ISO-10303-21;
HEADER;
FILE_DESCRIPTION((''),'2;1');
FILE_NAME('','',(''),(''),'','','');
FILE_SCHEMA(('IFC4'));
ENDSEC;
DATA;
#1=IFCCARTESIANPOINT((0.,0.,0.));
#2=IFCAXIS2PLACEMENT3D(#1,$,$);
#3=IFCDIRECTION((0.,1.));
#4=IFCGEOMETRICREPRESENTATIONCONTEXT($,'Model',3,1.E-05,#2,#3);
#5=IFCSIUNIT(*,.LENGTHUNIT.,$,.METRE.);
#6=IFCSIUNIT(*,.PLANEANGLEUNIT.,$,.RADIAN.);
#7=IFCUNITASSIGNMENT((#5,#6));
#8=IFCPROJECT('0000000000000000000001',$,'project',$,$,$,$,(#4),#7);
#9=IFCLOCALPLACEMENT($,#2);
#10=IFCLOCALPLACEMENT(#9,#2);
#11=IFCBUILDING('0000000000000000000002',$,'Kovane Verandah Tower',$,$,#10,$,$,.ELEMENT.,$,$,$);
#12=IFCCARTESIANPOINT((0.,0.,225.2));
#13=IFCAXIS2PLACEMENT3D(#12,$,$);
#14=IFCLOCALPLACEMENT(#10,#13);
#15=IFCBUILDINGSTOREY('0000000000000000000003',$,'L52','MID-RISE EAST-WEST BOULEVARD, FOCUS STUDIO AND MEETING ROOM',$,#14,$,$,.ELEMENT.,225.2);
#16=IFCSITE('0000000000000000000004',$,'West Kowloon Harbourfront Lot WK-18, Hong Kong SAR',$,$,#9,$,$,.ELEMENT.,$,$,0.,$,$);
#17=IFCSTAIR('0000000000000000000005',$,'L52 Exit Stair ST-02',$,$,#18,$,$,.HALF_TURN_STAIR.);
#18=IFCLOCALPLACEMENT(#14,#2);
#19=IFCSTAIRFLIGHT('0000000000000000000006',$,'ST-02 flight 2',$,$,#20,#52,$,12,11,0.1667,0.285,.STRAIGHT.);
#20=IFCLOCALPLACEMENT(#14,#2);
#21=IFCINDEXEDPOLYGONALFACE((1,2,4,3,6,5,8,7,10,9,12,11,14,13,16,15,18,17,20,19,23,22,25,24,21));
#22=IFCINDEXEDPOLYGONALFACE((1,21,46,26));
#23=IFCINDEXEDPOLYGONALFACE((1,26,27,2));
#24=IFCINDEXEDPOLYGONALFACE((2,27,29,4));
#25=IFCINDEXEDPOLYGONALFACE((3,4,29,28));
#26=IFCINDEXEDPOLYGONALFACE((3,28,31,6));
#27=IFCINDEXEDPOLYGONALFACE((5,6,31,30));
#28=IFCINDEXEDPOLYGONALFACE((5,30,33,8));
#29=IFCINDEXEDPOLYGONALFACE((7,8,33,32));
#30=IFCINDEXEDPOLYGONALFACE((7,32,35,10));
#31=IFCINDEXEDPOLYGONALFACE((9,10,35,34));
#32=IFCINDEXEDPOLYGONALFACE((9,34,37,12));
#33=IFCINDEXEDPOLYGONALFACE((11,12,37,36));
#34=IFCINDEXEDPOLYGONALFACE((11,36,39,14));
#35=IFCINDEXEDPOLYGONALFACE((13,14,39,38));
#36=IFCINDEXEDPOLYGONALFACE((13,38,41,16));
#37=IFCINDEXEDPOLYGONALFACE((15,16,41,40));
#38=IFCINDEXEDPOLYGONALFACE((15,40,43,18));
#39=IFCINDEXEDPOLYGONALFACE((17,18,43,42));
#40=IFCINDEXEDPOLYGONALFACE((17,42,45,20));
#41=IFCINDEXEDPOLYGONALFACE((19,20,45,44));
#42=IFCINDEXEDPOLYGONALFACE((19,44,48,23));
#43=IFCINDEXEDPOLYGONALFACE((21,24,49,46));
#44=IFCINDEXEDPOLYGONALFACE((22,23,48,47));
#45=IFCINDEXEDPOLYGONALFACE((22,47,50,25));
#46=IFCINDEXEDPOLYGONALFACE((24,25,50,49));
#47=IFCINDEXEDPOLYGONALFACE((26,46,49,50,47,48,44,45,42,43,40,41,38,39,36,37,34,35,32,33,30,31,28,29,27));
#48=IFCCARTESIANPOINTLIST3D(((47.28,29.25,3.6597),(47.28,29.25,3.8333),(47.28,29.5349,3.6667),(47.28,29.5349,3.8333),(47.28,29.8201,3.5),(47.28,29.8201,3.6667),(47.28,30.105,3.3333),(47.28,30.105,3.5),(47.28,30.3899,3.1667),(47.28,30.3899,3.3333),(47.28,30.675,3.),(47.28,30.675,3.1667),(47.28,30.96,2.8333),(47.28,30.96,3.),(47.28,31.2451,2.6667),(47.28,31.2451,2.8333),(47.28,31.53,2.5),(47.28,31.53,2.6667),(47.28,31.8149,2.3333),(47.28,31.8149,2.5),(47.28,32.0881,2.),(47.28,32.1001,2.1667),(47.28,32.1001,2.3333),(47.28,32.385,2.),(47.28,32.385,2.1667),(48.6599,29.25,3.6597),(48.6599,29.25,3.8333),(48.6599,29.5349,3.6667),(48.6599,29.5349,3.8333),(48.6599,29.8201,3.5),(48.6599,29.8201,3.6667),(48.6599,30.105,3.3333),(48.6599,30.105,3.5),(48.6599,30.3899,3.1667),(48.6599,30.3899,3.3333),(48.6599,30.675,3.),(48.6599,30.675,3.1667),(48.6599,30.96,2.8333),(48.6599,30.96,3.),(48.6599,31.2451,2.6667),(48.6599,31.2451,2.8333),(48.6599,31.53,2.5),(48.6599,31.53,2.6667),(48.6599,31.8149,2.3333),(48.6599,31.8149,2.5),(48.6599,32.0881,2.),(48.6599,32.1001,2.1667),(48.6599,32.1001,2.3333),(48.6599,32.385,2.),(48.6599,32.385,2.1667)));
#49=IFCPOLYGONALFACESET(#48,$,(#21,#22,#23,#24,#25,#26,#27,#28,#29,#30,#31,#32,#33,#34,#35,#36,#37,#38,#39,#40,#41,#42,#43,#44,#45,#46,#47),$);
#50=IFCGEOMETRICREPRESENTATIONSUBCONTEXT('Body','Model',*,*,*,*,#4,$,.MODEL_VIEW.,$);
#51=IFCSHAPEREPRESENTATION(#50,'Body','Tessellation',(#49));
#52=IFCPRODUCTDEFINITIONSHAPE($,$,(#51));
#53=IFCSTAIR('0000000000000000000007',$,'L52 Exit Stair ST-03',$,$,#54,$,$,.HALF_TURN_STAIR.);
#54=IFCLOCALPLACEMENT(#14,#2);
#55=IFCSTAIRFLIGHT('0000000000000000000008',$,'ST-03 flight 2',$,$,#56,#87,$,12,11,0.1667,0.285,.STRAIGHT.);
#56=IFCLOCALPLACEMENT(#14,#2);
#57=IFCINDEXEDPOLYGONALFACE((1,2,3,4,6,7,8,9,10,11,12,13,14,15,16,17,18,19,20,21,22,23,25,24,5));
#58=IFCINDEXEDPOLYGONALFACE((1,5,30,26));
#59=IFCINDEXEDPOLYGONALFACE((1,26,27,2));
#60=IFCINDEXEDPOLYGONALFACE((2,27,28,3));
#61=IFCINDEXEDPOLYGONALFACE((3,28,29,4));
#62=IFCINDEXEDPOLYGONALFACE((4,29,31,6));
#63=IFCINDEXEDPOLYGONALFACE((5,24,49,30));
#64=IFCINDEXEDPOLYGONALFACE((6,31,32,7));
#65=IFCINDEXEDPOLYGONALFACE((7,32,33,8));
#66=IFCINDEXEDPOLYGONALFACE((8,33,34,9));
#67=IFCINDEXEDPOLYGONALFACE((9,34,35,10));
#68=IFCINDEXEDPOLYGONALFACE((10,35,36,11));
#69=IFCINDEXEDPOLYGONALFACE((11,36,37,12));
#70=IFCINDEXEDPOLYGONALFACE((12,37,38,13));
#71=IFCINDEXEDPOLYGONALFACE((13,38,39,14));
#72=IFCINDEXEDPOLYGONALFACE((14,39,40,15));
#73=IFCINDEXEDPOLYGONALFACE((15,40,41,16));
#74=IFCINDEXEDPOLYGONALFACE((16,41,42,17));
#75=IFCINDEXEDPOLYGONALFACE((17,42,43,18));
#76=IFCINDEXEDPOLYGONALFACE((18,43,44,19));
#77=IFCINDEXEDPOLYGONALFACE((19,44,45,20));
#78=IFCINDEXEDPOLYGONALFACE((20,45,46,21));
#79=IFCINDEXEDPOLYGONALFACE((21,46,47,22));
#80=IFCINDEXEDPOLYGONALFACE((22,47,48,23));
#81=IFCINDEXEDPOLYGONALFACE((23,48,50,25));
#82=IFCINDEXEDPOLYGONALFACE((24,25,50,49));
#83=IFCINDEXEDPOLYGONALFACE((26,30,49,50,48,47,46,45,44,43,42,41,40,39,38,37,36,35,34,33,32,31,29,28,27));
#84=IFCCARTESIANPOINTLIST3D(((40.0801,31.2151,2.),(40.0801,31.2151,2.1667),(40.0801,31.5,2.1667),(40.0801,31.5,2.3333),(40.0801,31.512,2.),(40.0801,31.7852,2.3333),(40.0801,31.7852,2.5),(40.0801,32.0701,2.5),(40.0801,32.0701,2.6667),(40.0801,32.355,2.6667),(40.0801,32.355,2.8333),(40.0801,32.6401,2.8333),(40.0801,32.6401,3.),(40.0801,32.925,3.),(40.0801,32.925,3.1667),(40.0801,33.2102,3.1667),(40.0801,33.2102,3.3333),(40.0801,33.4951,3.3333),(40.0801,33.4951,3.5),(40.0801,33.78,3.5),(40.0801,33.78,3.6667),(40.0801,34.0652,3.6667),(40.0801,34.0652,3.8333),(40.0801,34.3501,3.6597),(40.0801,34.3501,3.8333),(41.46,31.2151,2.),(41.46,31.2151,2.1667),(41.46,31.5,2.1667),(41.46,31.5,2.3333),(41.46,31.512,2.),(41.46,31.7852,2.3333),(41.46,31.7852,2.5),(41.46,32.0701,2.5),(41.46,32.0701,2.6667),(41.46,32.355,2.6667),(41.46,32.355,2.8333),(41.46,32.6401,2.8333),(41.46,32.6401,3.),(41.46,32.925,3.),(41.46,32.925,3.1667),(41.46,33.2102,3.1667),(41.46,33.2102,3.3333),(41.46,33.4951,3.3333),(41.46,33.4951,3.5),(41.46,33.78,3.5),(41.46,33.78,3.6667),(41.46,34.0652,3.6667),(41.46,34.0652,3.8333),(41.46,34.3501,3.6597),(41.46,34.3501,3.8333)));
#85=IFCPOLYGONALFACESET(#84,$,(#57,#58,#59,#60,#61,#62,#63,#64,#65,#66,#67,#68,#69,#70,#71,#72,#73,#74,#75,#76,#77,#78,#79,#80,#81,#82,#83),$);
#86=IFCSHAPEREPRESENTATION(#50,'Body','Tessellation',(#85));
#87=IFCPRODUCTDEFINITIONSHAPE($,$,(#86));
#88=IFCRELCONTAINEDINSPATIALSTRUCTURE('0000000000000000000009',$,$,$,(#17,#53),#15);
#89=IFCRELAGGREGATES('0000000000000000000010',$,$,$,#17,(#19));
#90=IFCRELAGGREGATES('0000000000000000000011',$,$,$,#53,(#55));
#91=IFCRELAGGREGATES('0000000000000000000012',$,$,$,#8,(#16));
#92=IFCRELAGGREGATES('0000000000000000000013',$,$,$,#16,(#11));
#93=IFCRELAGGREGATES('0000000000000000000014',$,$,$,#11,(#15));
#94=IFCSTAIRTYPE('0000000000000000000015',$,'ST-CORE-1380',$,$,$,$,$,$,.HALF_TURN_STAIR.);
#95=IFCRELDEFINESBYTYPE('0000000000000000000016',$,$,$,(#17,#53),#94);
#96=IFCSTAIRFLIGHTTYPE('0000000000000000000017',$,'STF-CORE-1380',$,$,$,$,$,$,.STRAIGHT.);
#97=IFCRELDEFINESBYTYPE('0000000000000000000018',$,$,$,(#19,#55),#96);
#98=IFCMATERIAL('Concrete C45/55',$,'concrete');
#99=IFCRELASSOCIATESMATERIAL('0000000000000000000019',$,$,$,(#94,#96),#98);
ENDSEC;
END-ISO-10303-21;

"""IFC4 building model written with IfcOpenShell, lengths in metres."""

from ifc_helpers import new_model, si_unit, direction, frame, origin, place, context, subcontext, project, spatial, polyline, outline, extrude, material, type_object, element, aggregate, save


model = new_model("IFC4")

# Units and contexts
model_context = context("Model", 3, precision=1e-05, world=origin(), true_north=direction((0.0, 1.0)))
body_context = subcontext(model_context, "Body", "Model", "MODEL_VIEW")
ifc_project = project(units=[si_unit("LENGTHUNIT", "METRE"), si_unit("PLANEANGLEUNIT", "RADIAN")], contexts=[model_context])

# Site, building, storey
site_placement = place(None, origin())
site = spatial("IfcSite", under=ifc_project, at=site_placement, Name="West Kowloon Harbourfront Lot WK-18, Hong Kong SAR", CompositionType="ELEMENT", RefElevation=0.0)
building_placement = place(site_placement, origin())
building = spatial("IfcBuilding", under=site, at=building_placement, Name="Kovane Verandah Tower", CompositionType="ELEMENT")
storey_placement = place(building_placement, frame((0.0, 0.0, 225.2)))
storey = spatial("IfcBuildingStorey", under=building, at=storey_placement, Name="L52", Description="MID-RISE EAST-WEST BOULEVARD, FOCUS STUDIO AND MEETING ROOM", CompositionType="ELEMENT", Elevation=225.2)

# Shared definitions
ifc_material_1 = material(Name="Concrete C45/55", Category="concrete")

# Stair, stair flight
stair_type = type_object("IfcStairType", Name="ST-CORE-1380", PredefinedType="HALF_TURN_STAIR", material=ifc_material_1)
stair_1_placement = place(storey_placement, origin())
stair_1 = element("IfcStair", 1, at=stair_1_placement, inside=storey, type_object=stair_type, Name="L52 Exit Stair ST-02", PredefinedType="HALF_TURN_STAIR")
stair_flight_type = type_object("IfcStairFlightType", Name="STF-CORE-1380", PredefinedType="STRAIGHT", material=ifc_material_1)
stair_flight_1_placement = place(storey_placement, frame((47.97, 32.385, 2.0), z_axis=(0.0, 0.0, 1.0), x_axis=(0.0, -1.0, 0.0)))
stair_flight_1 = element("IfcStairFlight", 2, at=stair_flight_1_placement, type_object=stair_flight_type, Name="ST-02 flight 2", NumberOfRisers=12, NumberOfTreads=11, PredefinedType="STRAIGHT", RiserHeight=0.1667, TreadLength=0.285, context=body_context, shape_type="SweptSolid", body=[
    extrude(outline(polyline([(0.0, 0.0), (0.0, 0.1667), (0.2849, 0.1667), (0.2849, 0.3333), (0.5701, 0.3333), (0.5701, 0.5), (0.855, 0.5), (0.855, 0.6667), (1.1399, 0.6667), (1.1399, 0.8333), (1.425, 0.8333), (1.425, 1.0), (1.71, 1.0), (1.71, 1.1667), (1.9951, 1.1667), (1.9951, 1.3333), (2.28, 1.3333), (2.28, 1.5), (2.5649, 1.5), (2.5649, 1.6667), (2.8501, 1.6667), (2.8501, 1.8333), (3.135, 1.8333), (3.135, 2.0), (3.135, 1.6597), (0.2969, 0.0), (0.0, 0.0)])), frame((0.0, 0.6899, 0.0), z_axis=(0.0, -1.0, 0.0), x_axis=(1.0, 0.0, 0.0)), (0.0, 0.0, 1.0), 1.3799),
])
aggregate(stair_1, [stair_flight_1])

# Stair, stair flight
stair_2_placement = place(storey_placement, origin())
stair_2 = element("IfcStair", 3, at=stair_2_placement, inside=storey, type_object=stair_type, Name="L52 Exit Stair ST-03", PredefinedType="HALF_TURN_STAIR")
stair_flight_2_placement = place(storey_placement, frame((40.77, 31.2151, 2.0), z_axis=(0.0, 0.0, 1.0), x_axis=(0.0, 1.0, 0.0)))
stair_flight_2 = element("IfcStairFlight", 4, at=stair_flight_2_placement, type_object=stair_flight_type, Name="ST-03 flight 2", NumberOfRisers=12, NumberOfTreads=11, PredefinedType="STRAIGHT", RiserHeight=0.1667, TreadLength=0.285, context=body_context, shape_type="SweptSolid", body=[
    extrude(outline(polyline([(0.0, 0.0), (0.0, 0.1667), (0.2849, 0.1667), (0.2849, 0.3333), (0.5701, 0.3333), (0.5701, 0.5), (0.855, 0.5), (0.855, 0.6667), (1.1399, 0.6667), (1.1399, 0.8333), (1.425, 0.8333), (1.425, 1.0), (1.71, 1.0), (1.71, 1.1667), (1.9951, 1.1667), (1.9951, 1.3333), (2.28, 1.3333), (2.28, 1.5), (2.5649, 1.5), (2.5649, 1.6667), (2.8501, 1.6667), (2.8501, 1.8333), (3.135, 1.8333), (3.135, 2.0), (3.135, 1.6597), (0.2969, 0.0), (0.0, 0.0)])), frame((0.0, 0.6899, 0.0), z_axis=(0.0, -1.0, 0.0), x_axis=(1.0, 0.0, 0.0)), (0.0, 0.0, 1.0), 1.3799),
])
aggregate(stair_2, [stair_flight_2])

save(model, "model.ifc")
